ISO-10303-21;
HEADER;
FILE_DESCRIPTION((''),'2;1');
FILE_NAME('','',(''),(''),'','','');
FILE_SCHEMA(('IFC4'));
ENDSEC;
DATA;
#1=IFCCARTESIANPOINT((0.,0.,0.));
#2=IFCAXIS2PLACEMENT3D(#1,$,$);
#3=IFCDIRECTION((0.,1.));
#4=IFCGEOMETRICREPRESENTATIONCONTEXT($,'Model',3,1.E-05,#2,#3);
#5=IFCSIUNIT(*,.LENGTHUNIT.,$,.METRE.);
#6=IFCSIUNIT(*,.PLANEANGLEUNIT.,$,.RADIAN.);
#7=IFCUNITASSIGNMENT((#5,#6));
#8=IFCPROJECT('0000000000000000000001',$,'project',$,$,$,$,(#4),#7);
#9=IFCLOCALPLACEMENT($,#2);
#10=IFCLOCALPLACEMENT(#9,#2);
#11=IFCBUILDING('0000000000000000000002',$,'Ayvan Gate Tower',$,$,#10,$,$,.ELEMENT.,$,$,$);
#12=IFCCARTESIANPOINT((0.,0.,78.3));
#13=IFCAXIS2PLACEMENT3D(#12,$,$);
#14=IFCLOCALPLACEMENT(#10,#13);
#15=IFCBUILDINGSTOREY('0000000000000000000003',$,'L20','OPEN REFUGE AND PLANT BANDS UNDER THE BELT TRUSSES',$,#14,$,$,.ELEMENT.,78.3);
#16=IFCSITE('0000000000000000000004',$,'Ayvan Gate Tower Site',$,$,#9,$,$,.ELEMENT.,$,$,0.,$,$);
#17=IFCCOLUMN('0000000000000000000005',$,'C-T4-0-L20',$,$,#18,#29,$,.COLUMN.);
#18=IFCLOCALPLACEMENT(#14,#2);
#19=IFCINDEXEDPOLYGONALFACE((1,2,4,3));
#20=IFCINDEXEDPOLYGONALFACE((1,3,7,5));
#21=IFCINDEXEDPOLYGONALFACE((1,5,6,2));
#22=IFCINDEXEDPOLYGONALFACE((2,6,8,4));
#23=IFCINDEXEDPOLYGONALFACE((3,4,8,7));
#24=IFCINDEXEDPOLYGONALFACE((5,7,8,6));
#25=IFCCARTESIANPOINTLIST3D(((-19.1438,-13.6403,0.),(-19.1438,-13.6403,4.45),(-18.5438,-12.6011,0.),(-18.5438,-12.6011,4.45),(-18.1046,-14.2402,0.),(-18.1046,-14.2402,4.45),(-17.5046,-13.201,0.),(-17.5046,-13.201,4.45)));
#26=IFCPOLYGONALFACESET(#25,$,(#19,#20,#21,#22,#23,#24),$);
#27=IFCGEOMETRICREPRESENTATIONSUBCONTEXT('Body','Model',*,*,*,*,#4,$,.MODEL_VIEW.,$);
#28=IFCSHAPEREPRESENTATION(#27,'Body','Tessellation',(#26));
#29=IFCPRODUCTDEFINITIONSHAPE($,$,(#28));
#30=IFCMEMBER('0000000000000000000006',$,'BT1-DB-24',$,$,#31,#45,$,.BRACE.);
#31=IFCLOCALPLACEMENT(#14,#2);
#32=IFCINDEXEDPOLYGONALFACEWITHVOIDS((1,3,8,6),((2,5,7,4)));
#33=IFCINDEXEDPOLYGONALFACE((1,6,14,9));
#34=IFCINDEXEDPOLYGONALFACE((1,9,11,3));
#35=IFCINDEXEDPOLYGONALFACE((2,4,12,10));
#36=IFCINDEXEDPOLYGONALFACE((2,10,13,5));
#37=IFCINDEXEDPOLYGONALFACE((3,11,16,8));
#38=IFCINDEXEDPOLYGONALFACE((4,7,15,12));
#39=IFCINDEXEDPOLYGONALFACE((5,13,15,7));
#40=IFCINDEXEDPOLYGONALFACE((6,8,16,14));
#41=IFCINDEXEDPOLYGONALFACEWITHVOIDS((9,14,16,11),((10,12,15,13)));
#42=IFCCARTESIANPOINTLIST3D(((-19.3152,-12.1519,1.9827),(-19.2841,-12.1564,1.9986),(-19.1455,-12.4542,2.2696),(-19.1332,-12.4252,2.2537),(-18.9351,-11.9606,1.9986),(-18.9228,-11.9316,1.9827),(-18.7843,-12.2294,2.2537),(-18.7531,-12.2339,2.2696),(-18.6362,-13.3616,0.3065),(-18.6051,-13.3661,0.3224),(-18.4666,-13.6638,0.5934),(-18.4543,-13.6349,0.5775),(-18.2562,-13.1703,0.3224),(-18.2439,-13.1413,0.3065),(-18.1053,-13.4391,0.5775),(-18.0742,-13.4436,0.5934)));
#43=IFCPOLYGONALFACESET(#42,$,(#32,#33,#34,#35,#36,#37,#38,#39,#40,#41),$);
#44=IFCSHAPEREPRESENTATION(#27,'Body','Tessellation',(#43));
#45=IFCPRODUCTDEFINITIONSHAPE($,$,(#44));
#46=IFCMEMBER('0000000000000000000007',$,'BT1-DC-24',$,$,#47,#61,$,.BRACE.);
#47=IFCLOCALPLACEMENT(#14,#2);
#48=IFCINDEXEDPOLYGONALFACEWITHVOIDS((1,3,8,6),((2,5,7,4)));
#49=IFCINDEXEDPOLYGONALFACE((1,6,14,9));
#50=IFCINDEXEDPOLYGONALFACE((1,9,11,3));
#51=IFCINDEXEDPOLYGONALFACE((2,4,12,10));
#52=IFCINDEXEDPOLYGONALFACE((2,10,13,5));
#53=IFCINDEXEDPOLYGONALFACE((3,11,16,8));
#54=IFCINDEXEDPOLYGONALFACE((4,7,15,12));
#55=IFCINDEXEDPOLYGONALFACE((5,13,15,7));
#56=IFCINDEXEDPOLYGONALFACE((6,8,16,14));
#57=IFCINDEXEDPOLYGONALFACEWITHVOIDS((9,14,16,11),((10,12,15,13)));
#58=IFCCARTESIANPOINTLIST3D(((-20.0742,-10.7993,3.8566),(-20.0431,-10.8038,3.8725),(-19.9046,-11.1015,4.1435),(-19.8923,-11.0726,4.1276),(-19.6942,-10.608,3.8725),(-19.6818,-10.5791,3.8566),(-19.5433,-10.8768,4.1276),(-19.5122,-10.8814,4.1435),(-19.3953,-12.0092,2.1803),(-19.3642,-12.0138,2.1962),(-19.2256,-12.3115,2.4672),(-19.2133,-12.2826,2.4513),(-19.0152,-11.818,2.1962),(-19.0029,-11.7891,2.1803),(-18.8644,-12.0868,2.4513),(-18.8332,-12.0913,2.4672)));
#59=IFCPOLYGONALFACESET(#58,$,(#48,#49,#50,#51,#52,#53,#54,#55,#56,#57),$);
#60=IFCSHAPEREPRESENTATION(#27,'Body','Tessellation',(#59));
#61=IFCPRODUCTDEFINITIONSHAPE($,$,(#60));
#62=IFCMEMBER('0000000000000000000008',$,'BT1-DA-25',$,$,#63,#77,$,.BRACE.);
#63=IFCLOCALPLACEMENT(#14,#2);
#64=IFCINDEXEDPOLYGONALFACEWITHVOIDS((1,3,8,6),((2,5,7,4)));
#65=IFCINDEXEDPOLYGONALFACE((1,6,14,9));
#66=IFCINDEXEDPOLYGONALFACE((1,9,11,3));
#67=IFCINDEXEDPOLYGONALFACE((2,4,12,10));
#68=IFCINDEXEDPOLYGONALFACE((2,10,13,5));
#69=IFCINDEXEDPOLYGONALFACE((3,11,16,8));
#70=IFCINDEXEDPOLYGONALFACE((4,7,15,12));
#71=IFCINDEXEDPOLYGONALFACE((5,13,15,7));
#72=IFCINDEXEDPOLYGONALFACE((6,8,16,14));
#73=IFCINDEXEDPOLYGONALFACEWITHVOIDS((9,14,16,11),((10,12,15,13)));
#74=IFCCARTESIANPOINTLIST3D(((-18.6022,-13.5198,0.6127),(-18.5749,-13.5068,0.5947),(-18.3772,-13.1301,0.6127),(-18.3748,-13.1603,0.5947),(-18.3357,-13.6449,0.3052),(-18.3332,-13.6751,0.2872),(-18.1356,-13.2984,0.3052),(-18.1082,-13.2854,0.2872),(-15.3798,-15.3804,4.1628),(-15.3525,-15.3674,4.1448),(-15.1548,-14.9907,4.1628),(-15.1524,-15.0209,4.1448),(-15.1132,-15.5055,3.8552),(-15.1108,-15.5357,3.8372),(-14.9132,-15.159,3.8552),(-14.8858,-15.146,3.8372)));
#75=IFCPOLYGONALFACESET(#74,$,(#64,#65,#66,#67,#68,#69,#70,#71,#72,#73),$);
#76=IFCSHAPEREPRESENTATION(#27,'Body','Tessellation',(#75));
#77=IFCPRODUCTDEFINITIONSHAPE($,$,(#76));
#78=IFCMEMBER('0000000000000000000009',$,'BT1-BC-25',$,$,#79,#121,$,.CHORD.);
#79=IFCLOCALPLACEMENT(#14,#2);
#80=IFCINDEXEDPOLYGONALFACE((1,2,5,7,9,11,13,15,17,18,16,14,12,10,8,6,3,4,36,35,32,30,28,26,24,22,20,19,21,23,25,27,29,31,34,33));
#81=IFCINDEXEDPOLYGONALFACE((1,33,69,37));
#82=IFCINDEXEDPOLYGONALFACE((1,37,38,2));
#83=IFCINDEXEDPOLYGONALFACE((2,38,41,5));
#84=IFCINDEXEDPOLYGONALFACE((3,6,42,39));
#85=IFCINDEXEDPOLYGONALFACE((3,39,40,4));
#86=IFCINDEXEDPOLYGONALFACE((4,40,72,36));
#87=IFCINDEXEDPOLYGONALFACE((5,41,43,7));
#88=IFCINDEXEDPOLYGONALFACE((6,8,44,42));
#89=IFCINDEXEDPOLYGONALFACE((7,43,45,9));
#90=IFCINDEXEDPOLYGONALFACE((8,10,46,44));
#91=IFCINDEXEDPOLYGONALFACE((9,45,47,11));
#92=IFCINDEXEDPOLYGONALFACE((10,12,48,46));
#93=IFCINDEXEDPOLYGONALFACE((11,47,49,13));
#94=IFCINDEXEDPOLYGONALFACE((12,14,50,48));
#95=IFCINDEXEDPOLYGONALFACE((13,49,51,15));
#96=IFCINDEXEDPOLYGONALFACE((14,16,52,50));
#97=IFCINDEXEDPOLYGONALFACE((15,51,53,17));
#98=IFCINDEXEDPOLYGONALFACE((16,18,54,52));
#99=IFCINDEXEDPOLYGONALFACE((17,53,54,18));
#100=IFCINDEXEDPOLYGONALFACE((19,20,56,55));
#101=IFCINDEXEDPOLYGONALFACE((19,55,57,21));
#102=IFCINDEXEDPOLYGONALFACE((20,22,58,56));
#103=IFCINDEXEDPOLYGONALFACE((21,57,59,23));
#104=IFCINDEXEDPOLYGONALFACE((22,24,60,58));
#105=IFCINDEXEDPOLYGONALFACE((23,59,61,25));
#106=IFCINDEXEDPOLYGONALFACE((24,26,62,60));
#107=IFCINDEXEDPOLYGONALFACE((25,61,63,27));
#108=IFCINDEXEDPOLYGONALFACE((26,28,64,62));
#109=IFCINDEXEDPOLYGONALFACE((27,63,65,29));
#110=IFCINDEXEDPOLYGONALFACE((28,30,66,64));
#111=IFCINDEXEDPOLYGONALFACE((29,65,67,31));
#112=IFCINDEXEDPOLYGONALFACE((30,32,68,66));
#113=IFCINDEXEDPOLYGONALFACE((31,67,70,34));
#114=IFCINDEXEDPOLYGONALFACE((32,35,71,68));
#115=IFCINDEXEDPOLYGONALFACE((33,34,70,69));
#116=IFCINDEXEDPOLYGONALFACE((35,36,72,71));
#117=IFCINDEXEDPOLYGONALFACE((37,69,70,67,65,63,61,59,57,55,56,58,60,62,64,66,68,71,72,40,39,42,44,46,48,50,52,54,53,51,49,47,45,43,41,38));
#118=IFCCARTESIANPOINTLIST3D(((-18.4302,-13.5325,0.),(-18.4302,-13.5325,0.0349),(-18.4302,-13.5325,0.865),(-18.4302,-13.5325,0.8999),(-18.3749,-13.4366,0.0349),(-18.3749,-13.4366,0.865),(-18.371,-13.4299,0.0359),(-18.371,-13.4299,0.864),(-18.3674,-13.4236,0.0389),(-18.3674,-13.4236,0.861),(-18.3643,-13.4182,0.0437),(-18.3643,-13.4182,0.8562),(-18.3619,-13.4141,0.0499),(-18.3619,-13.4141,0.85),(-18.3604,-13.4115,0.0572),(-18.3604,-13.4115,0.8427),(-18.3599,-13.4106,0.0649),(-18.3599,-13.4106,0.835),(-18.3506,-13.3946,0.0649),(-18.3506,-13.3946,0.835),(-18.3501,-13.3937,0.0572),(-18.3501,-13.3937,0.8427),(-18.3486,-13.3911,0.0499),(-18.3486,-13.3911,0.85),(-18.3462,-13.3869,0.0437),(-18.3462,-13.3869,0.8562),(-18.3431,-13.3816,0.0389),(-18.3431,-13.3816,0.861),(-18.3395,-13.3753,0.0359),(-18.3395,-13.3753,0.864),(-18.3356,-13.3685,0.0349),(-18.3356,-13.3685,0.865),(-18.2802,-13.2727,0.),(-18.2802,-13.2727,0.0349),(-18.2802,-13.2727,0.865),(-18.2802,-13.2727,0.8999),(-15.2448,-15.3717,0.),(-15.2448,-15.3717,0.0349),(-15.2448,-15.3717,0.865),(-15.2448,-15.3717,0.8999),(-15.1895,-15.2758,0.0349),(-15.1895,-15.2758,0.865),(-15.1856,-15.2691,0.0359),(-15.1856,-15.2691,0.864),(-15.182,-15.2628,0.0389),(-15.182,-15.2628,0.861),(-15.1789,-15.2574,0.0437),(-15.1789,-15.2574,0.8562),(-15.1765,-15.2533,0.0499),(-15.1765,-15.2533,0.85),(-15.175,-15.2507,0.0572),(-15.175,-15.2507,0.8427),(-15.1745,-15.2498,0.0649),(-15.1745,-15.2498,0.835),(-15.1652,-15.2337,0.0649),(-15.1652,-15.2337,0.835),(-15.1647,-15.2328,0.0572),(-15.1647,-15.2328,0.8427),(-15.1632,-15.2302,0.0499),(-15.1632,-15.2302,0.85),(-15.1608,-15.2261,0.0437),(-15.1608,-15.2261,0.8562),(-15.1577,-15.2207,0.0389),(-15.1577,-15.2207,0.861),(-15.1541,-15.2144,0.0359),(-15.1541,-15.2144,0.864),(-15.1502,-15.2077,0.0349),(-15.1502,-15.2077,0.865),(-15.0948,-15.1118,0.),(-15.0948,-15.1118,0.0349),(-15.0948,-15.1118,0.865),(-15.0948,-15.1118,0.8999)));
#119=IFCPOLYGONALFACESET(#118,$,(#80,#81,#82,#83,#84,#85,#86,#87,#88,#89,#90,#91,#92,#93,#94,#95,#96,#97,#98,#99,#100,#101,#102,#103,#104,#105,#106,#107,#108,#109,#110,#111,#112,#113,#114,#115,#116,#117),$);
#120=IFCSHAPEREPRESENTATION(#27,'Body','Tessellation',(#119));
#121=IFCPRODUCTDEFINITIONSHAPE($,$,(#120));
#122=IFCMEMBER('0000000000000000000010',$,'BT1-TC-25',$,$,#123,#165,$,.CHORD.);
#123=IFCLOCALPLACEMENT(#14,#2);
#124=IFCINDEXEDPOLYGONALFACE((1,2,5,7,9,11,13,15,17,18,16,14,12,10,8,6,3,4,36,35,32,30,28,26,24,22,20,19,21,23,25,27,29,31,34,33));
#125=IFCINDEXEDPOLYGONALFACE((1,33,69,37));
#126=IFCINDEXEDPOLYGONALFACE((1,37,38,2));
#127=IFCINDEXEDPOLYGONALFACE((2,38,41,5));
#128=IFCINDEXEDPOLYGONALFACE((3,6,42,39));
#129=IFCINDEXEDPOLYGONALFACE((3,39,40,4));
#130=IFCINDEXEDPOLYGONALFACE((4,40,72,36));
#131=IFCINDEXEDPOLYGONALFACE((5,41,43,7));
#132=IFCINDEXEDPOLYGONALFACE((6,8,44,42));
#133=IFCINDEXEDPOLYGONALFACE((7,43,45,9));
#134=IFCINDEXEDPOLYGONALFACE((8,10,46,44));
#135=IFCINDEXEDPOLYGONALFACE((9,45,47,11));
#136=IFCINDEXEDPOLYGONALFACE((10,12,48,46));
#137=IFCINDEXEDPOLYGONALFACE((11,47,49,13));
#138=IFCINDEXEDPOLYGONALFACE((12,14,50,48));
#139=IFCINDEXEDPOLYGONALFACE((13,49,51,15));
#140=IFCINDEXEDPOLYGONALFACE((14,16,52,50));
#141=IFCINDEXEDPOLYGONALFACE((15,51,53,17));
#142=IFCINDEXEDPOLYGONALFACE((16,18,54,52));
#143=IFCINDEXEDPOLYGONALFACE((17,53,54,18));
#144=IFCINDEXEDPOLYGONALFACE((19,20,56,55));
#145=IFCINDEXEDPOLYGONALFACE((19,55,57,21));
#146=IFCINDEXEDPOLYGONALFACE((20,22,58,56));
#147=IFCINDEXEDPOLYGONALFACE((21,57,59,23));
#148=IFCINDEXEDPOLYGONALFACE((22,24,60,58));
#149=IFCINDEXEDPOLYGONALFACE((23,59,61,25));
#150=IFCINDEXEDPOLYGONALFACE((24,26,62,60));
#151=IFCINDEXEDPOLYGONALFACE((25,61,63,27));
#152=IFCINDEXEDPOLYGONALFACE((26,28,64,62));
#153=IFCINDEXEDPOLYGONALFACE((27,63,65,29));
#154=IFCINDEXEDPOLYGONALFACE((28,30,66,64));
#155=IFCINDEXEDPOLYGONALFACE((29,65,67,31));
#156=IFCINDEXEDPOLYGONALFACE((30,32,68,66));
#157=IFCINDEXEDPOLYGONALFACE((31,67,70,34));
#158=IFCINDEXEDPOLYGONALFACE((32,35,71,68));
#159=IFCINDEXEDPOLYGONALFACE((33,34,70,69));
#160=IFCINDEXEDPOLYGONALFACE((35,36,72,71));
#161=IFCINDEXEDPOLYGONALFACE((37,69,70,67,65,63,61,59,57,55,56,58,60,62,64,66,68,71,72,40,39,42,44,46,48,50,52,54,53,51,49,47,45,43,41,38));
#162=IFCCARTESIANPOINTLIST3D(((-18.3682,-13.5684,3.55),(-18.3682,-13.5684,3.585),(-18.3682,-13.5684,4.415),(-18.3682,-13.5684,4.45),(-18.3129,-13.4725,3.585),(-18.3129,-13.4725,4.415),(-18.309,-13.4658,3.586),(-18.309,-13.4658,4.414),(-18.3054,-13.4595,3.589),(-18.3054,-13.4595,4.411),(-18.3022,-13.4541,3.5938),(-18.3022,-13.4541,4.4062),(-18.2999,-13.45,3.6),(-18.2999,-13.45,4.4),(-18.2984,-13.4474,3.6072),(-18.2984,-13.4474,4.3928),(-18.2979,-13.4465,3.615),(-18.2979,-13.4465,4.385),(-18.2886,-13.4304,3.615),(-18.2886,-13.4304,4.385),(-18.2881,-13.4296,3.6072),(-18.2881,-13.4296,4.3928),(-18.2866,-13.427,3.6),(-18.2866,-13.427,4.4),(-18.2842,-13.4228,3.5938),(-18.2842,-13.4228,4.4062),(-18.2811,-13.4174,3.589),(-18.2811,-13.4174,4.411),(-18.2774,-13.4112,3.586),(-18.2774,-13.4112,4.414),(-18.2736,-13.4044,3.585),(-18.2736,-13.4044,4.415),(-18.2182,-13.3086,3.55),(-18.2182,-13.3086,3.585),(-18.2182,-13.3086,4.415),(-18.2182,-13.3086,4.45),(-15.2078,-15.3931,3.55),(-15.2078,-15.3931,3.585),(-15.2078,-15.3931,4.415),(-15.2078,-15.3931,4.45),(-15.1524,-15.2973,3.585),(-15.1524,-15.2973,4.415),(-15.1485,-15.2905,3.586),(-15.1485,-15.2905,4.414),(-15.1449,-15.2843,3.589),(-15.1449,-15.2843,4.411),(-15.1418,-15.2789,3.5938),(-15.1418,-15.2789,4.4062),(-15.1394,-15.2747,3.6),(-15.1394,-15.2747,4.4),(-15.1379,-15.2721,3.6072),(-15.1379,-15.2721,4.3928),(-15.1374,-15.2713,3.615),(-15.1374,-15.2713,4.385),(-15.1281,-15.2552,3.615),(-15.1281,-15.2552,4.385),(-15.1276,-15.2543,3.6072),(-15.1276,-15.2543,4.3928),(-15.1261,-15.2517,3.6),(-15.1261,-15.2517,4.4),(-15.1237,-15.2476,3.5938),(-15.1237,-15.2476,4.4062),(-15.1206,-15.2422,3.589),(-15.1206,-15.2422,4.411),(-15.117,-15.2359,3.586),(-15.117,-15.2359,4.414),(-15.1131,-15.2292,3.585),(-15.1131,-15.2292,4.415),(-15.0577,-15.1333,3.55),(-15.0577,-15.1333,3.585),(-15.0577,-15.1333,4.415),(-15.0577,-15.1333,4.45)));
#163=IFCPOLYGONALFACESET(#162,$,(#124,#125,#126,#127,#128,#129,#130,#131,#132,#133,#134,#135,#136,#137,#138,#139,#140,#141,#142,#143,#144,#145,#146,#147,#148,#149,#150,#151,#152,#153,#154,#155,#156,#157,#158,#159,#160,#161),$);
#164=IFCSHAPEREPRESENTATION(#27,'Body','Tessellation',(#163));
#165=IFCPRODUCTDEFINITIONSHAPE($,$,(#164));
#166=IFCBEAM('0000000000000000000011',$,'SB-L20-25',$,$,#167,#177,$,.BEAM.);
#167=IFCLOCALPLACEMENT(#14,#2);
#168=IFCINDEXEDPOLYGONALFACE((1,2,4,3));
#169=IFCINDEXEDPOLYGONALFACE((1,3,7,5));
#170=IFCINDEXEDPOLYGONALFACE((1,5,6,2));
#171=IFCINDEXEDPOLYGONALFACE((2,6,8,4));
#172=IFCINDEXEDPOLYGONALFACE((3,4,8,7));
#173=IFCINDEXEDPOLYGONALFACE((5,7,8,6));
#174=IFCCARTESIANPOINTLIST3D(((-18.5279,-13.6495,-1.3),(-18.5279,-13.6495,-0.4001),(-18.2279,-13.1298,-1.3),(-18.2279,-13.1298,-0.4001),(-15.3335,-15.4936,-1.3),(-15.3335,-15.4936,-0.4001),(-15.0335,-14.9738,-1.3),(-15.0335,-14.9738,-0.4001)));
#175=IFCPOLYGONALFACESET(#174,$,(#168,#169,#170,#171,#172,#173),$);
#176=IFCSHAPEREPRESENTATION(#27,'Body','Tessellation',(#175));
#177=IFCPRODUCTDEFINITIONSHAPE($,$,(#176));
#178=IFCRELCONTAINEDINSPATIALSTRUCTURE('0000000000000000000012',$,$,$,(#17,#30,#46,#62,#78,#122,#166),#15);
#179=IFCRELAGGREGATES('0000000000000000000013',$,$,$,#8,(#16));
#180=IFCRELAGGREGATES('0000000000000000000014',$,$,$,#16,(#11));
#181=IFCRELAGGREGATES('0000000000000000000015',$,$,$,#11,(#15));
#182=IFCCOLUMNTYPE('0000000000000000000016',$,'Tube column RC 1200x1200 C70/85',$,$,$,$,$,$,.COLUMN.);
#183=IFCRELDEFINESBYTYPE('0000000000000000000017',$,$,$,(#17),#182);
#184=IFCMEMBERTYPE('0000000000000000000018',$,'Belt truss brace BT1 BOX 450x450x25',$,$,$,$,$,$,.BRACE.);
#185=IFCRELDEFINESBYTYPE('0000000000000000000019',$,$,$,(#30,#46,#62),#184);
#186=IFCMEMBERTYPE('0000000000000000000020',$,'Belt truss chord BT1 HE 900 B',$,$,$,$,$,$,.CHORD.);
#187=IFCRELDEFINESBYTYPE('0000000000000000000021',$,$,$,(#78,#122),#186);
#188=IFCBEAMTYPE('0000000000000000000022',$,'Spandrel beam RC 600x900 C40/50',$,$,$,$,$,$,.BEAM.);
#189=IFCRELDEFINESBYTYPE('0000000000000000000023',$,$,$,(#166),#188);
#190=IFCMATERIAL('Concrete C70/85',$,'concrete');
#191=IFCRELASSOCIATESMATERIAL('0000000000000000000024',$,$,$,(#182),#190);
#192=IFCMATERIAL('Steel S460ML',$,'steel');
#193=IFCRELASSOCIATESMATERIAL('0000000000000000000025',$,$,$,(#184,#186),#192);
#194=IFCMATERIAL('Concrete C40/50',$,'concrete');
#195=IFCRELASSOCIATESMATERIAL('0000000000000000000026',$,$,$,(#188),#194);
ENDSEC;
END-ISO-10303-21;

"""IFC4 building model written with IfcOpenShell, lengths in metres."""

from ifc_helpers import new_model, si_unit, direction, frame, origin, origin_2d, place, context, subcontext, project, spatial, rectangle, hollow_rectangle, i_section, extrude, material, material_profile, profile_set, type_object, element, save


model = new_model("IFC4")

# Units and contexts
model_context = context("Model", 3, precision=1e-05, world=origin(), true_north=direction((0.0, 1.0)))
body_context = subcontext(model_context, "Body", "Model", "MODEL_VIEW")
ifc_project = project(units=[si_unit("LENGTHUNIT", "METRE"), si_unit("PLANEANGLEUNIT", "RADIAN")], contexts=[model_context])

# Site, building, storey
site_placement = place(None, origin())
site = spatial("IfcSite", under=ifc_project, at=site_placement, Name="Ayvan Gate Tower Site", CompositionType="ELEMENT", RefElevation=0.0)
building_placement = place(site_placement, origin())
building = spatial("IfcBuilding", under=site, at=building_placement, Name="Ayvan Gate Tower", CompositionType="ELEMENT")
storey_placement = place(building_placement, frame((0.0, 0.0, 78.3)))
storey = spatial("IfcBuildingStorey", under=building, at=storey_placement, Name="L20", Description="OPEN REFUGE AND PLANT BANDS UNDER THE BELT TRUSSES", CompositionType="ELEMENT", Elevation=78.3)

# Column
ifc_material_1 = material(Name="Concrete C70/85", Category="concrete")
ifc_material_profile_1 = material_profile(ifc_material_1, rectangle(XDim=1.2, YDim=1.2, at=origin_2d()), Name="RC 1200x1200")
ifc_profile_set_1 = profile_set([ifc_material_profile_1], Name="Concrete C70/85")
column_type = type_object("IfcColumnType", Name="Tube column RC 1200x1200 C70/85", PredefinedType="COLUMN", material=ifc_profile_set_1)
column_placement = place(storey_placement, frame((-18.3242, -13.4207, 0.0), z_axis=(0.0, 0.0, 1.0), x_axis=(-0.5, -0.866025, 0.0)))
element("IfcColumn", 1, at=column_placement, inside=storey, type_object=column_type, Name="C-T4-0-L20", PredefinedType="COLUMN", context=body_context, shape_type="SweptSolid", body=[
    extrude(rectangle(XDim=1.2, YDim=1.2, at=origin_2d()), origin(), (0.0, 0.0, 1.0), 4.45),
])

# Members
ifc_material_2 = material(Name="Steel S460ML", Category="steel")
ifc_material_profile_2 = material_profile(ifc_material_2, hollow_rectangle(XDim=0.45, YDim=0.45, WallThickness=0.0249, at=origin_2d()), Name="BOX 450x450x25")
ifc_profile_set_2 = profile_set([ifc_material_profile_2], Name="Steel S460ML")
member_type_1 = type_object("IfcMemberType", Name="Belt truss brace BT1 BOX 450x450x25", PredefinedType="BRACE", material=ifc_profile_set_2)
member_1_placement = place(storey_placement, frame((-18.3552, -13.4026, 0.45), z_axis=(-0.312043, 0.555977, 0.770402), x_axis=(-0.87204, -0.489434, 0.0)))
element("IfcMember", 2, at=member_1_placement, inside=storey, type_object=member_type_1, Name="BT1-DB-24", PredefinedType="BRACE", context=body_context, shape_type="SweptSolid", body=[
    extrude(hollow_rectangle(XDim=0.45, YDim=0.45, WallThickness=0.0249, at=origin_2d()), origin(), (0.0, 0.0, 1.0), 2.1758),
])
member_2_placement = place(storey_placement, frame((-19.1143, -12.0503, 2.3237), z_axis=(-0.312023, 0.556055, 0.770353), x_axis=(-0.872083, -0.489359, 0.0)))
element("IfcMember", 3, at=member_2_placement, inside=storey, type_object=member_type_1, Name="BT1-DC-24", PredefinedType="BRACE", context=body_context, shape_type="SweptSolid", body=[
    extrude(hollow_rectangle(XDim=0.45, YDim=0.45, WallThickness=0.0249, at=origin_2d()), origin(), (0.0, 0.0, 1.0), 2.176),
])
member_3_placement = place(storey_placement, frame((-18.3552, -13.4026, 0.45), z_axis=(0.626585, -0.361785, 0.690292), x_axis=(0.500027, 0.86601, 0.0)))
element("IfcMember", 4, at=member_3_placement, inside=storey, type_object=member_type_1, Name="BT1-DA-25", PredefinedType="BRACE", context=body_context, shape_type="SweptSolid", body=[
    extrude(hollow_rectangle(XDim=0.45, YDim=0.45, WallThickness=0.0249, at=origin_2d()), origin(), (0.0, 0.0, 1.0), 5.1428),
])
ifc_material_profile_3 = material_profile(ifc_material_2, i_section(OverallWidth=0.3, OverallDepth=0.8999, WebThickness=0.0186, FlangeThickness=0.0349, FilletRadius=0.03, at=origin_2d()), Name="HE 900 B")
ifc_profile_set_3 = profile_set([ifc_material_profile_3], Name="Steel S460ML")
member_type_2 = type_object("IfcMemberType", Name="Belt truss chord BT1 HE 900 B", PredefinedType="CHORD", material=ifc_profile_set_3)
member_4_placement = place(storey_placement, frame((-18.3552, -13.4026, 0.45), z_axis=(0.866016, -0.500015, 0.0), x_axis=(0.500015, 0.866016, 0.0)))
element("IfcMember", 5, at=member_4_placement, inside=storey, type_object=member_type_2, Name="BT1-BC-25", PredefinedType="CHORD", context=body_context, shape_type="SweptSolid", body=[
    extrude(i_section(OverallWidth=0.3, OverallDepth=0.8999, WebThickness=0.0186, FlangeThickness=0.0349, FilletRadius=0.03, at=origin_2d()), origin(), (0.0, 0.0, 1.0), 3.6782),
])
member_5_placement = place(storey_placement, frame((-18.2932, -13.4385, 4.0), z_axis=(0.86602, -0.50001, 0.0), x_axis=(0.50001, 0.86602, 0.0)))
element("IfcMember", 6, at=member_5_placement, inside=storey, type_object=member_type_2, Name="BT1-TC-25", PredefinedType="CHORD", context=body_context, shape_type="SweptSolid", body=[
    extrude(i_section(OverallWidth=0.3, OverallDepth=0.8999, WebThickness=0.0186, FlangeThickness=0.0349, FilletRadius=0.03, at=origin_2d()), origin(), (0.0, 0.0, 1.0), 3.6494),
])

# Beam
ifc_material_3 = material(Name="Concrete C40/50", Category="concrete")
ifc_material_profile_4 = material_profile(ifc_material_3, rectangle(XDim=0.6001, YDim=0.8999, at=origin_2d()), Name="RC 600x900")
ifc_profile_set_4 = profile_set([ifc_material_profile_4], Name="Concrete C40/50")
beam_type_1 = type_object("IfcBeamType", Name="Spandrel beam RC 600x900 C40/50", PredefinedType="BEAM", material=ifc_profile_set_4)
beam_placement = place(storey_placement, frame((-18.3779, -13.3896, -0.8501), z_axis=(0.866056, -0.499948, 0.0), x_axis=(0.499948, 0.866056, 0.0)))
element("IfcBeam", 7, at=beam_placement, inside=storey, type_object=beam_type_1, Name="SB-L20-25", PredefinedType="BEAM", context=body_context, shape_type="SweptSolid", body=[
    extrude(rectangle(XDim=0.6001, YDim=0.8999, at=origin_2d()), origin(), (0.0, 0.0, 1.0), 3.6885),
])

save(model, "model.ifc")
